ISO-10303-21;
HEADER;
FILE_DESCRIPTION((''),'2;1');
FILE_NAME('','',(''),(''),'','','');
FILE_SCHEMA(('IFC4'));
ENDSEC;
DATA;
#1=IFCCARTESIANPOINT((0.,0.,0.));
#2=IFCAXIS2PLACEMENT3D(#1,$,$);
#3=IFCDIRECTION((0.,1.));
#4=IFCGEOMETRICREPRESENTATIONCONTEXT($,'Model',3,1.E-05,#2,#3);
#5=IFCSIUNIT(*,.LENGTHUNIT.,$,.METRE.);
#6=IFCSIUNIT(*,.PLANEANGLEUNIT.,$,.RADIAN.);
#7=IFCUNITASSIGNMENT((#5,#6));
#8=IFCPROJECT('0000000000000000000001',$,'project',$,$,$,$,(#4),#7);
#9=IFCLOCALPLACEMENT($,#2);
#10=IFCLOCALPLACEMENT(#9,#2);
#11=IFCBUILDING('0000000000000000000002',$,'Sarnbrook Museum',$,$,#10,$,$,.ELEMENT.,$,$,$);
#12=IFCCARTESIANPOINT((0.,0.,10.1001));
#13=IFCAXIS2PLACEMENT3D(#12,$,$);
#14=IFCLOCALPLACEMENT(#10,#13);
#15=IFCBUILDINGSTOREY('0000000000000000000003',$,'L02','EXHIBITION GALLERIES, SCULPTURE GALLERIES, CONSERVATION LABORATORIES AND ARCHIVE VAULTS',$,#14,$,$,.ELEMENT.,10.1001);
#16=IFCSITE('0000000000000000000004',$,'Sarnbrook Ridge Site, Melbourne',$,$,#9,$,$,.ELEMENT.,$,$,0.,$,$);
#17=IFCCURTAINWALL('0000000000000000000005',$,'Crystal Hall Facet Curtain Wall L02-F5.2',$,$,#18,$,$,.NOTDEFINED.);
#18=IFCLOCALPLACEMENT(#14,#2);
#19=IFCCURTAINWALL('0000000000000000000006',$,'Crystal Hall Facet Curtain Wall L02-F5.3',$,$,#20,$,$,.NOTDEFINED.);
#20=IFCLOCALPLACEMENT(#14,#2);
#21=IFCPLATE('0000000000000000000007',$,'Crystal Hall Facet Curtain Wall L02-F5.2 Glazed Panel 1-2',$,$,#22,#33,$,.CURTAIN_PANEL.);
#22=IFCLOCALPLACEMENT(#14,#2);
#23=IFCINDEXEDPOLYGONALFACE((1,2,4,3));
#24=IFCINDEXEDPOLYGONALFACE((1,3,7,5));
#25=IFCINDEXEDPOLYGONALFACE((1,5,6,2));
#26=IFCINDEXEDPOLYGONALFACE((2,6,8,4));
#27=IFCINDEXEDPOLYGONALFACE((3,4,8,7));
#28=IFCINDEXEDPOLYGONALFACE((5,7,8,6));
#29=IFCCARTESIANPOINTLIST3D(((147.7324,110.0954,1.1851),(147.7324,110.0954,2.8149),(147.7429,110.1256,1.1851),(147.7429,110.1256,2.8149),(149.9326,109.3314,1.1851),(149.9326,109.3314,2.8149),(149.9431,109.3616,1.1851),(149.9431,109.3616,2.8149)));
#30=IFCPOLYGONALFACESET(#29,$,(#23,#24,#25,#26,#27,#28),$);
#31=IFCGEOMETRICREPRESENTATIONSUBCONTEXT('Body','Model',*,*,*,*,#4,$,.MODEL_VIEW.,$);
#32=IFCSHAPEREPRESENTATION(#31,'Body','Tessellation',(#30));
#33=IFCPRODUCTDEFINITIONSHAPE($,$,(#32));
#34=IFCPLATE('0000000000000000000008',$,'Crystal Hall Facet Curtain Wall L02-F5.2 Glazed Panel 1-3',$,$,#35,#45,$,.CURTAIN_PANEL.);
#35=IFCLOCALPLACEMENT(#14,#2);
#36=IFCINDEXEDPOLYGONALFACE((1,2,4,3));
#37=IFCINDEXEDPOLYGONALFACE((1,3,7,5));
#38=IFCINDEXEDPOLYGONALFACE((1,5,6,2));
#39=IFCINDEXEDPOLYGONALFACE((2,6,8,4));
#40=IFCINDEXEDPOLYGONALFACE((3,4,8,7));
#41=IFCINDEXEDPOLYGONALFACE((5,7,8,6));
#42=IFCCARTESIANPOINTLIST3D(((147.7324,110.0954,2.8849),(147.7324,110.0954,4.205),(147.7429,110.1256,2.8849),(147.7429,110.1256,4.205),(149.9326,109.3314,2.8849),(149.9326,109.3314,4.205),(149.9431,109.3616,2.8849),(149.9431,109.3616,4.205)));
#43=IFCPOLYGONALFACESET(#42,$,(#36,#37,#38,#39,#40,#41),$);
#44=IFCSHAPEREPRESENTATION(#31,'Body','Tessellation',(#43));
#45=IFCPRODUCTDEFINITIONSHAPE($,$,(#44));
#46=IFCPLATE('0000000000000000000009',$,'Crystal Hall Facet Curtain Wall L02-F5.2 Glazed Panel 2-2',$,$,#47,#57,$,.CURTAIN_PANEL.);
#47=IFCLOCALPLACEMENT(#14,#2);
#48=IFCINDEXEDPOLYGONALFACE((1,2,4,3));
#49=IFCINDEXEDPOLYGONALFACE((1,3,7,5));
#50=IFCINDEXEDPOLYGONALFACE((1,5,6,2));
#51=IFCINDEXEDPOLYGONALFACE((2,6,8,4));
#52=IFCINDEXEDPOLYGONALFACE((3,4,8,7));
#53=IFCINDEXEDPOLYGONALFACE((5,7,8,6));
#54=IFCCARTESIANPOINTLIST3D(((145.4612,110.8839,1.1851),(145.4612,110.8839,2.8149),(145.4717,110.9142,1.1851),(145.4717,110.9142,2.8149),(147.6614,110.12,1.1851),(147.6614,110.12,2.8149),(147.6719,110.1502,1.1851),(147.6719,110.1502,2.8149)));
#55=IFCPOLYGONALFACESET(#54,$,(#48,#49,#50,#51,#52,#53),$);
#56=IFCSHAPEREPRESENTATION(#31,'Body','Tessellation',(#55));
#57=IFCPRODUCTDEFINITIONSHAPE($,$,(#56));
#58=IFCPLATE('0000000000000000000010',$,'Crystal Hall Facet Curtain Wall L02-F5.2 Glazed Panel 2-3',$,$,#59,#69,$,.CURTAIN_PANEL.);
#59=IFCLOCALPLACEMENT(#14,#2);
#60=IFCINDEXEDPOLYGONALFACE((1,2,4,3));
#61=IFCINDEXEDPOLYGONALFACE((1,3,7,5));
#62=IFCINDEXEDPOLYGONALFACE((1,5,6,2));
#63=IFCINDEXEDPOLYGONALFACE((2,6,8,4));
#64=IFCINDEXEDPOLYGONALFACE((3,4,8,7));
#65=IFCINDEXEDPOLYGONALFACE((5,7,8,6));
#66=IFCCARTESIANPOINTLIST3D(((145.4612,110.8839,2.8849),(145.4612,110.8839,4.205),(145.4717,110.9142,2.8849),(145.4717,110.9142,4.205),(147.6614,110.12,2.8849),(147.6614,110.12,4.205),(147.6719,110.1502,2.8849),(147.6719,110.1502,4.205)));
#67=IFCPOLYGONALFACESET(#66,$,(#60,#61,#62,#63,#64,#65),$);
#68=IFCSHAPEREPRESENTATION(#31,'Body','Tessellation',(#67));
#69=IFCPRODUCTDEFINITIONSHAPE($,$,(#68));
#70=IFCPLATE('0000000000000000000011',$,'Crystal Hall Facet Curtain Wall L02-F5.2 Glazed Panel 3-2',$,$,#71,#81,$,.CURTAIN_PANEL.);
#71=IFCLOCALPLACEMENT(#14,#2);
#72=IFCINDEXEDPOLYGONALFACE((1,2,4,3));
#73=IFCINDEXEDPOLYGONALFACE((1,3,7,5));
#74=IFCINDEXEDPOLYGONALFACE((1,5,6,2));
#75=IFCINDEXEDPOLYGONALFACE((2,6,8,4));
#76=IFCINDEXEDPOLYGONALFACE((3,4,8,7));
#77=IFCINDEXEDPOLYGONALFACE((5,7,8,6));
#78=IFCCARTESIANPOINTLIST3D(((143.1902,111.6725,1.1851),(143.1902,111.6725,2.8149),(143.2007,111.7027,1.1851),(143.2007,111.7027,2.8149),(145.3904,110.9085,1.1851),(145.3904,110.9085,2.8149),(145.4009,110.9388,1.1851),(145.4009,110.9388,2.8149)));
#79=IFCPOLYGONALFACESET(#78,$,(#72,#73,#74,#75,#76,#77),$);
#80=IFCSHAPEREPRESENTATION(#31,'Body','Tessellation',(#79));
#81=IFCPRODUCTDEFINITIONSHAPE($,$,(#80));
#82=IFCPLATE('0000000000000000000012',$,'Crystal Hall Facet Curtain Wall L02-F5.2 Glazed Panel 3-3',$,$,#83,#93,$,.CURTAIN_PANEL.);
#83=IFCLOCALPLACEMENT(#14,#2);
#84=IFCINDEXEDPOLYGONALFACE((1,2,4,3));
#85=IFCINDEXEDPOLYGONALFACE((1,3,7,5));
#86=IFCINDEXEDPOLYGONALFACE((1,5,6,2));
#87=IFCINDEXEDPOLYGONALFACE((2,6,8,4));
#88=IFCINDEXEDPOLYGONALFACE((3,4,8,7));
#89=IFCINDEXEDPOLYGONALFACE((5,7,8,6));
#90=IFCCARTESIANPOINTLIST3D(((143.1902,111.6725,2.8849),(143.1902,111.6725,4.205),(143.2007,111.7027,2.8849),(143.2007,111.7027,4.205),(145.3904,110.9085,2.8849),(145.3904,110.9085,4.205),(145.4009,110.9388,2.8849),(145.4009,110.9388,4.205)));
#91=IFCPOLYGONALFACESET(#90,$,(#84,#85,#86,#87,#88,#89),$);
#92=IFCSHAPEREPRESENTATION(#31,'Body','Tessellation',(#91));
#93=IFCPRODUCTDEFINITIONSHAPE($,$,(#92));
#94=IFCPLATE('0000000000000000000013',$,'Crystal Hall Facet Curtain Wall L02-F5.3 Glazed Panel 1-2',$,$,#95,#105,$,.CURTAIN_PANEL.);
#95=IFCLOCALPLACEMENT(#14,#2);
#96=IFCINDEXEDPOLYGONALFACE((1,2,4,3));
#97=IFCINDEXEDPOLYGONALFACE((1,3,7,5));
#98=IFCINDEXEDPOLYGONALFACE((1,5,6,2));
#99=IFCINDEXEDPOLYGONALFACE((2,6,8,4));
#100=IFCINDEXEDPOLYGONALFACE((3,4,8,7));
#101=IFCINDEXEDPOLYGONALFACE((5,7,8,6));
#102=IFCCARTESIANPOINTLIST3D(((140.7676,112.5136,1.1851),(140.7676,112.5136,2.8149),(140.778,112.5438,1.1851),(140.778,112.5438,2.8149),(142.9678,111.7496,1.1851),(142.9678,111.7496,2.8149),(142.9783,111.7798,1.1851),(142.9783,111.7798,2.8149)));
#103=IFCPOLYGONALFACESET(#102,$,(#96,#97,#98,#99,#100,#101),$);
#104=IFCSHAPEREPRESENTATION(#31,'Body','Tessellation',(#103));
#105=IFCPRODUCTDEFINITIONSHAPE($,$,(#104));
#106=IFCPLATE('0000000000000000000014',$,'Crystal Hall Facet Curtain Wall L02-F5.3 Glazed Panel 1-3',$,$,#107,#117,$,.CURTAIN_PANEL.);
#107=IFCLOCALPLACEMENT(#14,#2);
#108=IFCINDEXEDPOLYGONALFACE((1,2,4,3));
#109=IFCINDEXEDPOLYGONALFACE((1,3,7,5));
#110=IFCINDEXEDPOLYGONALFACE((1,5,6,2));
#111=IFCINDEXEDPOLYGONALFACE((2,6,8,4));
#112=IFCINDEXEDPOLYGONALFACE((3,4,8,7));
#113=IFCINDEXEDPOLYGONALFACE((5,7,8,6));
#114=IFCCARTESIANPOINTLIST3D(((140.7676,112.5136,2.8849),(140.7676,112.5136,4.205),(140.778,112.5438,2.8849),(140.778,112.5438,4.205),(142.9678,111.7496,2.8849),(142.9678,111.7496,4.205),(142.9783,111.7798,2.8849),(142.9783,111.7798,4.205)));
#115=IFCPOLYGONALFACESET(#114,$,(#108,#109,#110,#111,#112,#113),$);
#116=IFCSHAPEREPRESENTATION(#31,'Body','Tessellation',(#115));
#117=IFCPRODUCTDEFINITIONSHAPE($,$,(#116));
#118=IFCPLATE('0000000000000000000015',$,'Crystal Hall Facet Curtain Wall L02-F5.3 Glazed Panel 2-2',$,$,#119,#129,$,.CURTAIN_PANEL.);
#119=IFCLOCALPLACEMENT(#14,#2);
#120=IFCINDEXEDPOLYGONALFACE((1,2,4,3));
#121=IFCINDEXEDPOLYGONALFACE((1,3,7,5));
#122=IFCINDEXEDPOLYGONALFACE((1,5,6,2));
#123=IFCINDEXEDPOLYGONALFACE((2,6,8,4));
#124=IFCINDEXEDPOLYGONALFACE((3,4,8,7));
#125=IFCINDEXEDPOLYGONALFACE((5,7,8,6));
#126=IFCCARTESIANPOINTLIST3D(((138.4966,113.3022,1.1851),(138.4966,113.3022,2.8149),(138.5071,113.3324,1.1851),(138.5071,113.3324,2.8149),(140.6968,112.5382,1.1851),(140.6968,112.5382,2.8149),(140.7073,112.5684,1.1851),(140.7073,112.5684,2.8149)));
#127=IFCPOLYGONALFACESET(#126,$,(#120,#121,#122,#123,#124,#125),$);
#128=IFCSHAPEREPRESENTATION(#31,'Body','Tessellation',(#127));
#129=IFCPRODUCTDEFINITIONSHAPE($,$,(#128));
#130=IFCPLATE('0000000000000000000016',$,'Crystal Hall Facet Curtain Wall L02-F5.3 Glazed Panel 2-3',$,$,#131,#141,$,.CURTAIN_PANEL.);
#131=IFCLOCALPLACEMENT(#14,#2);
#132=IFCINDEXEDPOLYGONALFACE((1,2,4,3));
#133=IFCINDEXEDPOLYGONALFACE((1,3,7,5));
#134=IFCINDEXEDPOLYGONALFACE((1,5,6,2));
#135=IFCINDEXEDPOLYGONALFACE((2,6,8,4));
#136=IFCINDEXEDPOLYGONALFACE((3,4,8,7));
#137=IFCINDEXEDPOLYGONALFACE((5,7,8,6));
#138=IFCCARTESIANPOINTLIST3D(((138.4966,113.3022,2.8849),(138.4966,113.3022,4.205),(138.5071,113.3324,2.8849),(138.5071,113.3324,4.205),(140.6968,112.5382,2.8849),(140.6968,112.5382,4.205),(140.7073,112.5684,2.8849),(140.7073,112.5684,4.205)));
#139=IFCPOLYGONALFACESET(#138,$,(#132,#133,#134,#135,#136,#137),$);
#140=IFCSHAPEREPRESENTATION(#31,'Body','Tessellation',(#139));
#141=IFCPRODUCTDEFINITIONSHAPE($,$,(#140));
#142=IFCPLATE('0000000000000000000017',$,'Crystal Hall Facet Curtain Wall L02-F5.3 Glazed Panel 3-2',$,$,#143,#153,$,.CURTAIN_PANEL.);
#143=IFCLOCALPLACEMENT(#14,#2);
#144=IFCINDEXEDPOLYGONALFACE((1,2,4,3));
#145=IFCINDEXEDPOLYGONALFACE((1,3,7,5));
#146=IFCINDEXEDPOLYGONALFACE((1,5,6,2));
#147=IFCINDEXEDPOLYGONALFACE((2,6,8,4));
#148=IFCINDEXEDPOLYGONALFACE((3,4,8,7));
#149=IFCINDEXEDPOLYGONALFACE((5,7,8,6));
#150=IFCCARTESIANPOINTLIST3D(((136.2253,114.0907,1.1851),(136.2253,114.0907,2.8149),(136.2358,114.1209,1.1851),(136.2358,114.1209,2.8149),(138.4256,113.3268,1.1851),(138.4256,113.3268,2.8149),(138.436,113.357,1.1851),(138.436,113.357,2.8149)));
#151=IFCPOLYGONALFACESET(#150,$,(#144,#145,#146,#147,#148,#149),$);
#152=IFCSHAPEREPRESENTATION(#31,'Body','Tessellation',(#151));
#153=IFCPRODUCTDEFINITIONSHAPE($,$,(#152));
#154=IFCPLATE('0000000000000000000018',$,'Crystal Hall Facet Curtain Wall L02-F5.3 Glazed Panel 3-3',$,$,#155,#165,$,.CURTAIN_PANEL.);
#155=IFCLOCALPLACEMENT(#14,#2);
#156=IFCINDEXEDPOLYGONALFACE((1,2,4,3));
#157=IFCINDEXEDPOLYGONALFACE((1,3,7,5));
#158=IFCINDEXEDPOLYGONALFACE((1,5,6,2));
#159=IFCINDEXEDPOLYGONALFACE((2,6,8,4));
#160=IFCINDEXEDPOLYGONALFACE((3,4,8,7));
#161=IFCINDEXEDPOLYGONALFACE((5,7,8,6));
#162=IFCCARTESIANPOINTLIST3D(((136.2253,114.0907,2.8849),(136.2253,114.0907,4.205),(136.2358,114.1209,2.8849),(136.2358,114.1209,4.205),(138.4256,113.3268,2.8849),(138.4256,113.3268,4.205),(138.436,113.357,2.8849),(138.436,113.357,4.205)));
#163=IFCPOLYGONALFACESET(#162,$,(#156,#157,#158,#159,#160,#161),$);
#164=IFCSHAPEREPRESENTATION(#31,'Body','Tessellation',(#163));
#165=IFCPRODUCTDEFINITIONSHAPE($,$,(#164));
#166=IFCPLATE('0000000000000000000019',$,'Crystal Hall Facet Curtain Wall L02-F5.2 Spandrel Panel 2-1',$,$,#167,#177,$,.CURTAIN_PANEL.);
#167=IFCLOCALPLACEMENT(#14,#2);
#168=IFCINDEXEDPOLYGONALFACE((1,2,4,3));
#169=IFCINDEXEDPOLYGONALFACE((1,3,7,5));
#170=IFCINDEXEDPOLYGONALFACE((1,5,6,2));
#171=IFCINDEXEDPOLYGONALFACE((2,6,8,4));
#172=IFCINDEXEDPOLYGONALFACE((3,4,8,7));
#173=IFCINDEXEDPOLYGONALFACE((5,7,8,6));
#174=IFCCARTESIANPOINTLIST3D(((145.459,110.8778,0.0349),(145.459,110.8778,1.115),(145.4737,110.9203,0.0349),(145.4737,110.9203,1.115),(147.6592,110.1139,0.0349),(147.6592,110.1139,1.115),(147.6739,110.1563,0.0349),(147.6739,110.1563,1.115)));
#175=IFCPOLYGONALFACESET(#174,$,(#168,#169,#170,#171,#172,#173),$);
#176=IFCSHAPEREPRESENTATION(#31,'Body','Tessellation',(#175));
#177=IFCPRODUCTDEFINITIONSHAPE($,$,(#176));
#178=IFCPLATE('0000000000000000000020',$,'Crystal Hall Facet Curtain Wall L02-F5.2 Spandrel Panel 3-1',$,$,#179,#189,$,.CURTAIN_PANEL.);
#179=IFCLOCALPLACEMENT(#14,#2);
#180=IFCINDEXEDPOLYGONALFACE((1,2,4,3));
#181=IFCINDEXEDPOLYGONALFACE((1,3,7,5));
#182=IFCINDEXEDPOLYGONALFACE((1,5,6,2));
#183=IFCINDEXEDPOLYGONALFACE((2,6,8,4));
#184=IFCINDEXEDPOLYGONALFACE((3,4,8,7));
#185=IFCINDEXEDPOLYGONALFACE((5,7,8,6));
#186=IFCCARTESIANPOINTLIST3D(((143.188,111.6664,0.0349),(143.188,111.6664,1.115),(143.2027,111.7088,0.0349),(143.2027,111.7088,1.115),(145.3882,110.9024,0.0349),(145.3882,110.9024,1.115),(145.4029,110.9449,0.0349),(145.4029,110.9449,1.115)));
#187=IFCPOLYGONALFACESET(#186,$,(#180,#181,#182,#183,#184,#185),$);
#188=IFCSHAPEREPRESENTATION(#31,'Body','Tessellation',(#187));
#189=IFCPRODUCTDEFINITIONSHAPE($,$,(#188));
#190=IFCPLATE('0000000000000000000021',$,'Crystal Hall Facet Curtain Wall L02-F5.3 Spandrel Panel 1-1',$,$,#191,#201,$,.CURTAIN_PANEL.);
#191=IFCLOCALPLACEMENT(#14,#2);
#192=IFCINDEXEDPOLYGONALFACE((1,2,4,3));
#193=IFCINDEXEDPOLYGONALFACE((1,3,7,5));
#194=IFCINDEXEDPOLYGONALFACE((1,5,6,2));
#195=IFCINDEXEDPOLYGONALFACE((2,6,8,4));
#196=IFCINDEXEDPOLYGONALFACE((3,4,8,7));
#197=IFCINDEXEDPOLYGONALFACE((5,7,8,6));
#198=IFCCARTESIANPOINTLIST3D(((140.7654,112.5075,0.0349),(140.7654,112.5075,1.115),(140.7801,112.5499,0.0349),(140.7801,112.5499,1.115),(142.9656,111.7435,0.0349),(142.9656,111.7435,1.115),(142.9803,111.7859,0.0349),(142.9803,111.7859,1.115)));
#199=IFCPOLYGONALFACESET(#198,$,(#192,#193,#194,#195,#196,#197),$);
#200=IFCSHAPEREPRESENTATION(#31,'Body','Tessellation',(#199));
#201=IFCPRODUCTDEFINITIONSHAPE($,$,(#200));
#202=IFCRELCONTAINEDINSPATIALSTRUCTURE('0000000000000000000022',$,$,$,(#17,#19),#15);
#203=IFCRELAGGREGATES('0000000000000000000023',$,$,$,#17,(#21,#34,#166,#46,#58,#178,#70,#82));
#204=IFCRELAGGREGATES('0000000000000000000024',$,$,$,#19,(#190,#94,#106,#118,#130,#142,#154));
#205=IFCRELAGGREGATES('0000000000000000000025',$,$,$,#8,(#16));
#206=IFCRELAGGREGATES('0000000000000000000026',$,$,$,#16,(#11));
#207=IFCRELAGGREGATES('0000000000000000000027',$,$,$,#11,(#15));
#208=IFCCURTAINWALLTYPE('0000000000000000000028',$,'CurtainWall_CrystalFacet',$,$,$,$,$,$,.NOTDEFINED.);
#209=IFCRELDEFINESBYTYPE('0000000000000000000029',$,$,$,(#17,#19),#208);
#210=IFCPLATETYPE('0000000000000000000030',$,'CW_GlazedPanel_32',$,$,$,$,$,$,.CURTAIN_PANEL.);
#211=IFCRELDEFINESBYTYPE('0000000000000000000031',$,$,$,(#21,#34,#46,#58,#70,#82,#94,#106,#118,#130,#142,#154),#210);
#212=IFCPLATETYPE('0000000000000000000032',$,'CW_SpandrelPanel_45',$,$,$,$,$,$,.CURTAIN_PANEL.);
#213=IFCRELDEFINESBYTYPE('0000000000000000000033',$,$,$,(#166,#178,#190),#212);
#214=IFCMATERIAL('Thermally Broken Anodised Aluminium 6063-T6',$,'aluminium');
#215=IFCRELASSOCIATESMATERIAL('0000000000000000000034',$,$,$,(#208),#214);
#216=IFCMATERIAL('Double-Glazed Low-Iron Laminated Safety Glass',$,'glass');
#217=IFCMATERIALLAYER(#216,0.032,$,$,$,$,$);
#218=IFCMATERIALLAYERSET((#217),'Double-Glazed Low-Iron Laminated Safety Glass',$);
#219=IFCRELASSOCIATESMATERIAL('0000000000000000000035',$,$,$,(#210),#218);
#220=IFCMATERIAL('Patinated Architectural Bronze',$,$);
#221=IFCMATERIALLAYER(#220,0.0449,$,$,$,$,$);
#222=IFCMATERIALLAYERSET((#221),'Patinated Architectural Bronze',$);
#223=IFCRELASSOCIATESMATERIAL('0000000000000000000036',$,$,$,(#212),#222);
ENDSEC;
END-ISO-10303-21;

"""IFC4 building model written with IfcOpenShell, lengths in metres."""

from ifc_helpers import new_model, si_unit, direction, frame, origin, origin_2d, place, context, subcontext, project, spatial, rectangle, extrude, material, layer, layer_set, type_object, element, aggregate, save


model = new_model("IFC4")

# Units and contexts
model_context = context("Model", 3, precision=1e-05, world=origin(), true_north=direction((0.0, 1.0)))
body_context = subcontext(model_context, "Body", "Model", "MODEL_VIEW")
ifc_project = project(units=[si_unit("LENGTHUNIT", "METRE"), si_unit("PLANEANGLEUNIT", "RADIAN")], contexts=[model_context])

# Site, building, storey
site_placement = place(None, origin())
site = spatial("IfcSite", under=ifc_project, at=site_placement, Name="Sarnbrook Ridge Site, Melbourne", CompositionType="ELEMENT", RefElevation=0.0)
building_placement = place(site_placement, origin())
building = spatial("IfcBuilding", under=site, at=building_placement, Name="Sarnbrook Museum", CompositionType="ELEMENT")
storey_placement = place(building_placement, frame((0.0, 0.0, 10.1001)))
storey = spatial("IfcBuildingStorey", under=building, at=storey_placement, Name="L02", Description="EXHIBITION GALLERIES, SCULPTURE GALLERIES, CONSERVATION LABORATORIES AND ARCHIVE VAULTS", CompositionType="ELEMENT", Elevation=10.1001)

# Curtain walls
ifc_material_1 = material(Name="Thermally Broken Anodised Aluminium 6063-T6", Category="aluminium")
curtain_wall_type = type_object("IfcCurtainWallType", Name="CurtainWall_CrystalFacet", PredefinedType="NOTDEFINED", material=ifc_material_1)
curtain_wall_1_placement = place(storey_placement, origin())
curtain_wall_1 = element("IfcCurtainWall", 1, at=curtain_wall_1_placement, inside=storey, type_object=curtain_wall_type, Name="Crystal Hall Facet Curtain Wall L02-F5.2", PredefinedType="NOTDEFINED")
curtain_wall_2_placement = place(storey_placement, origin())
curtain_wall_2 = element("IfcCurtainWall", 2, at=curtain_wall_2_placement, inside=storey, type_object=curtain_wall_type, Name="Crystal Hall Facet Curtain Wall L02-F5.3", PredefinedType="NOTDEFINED")

# Plates
ifc_material_2 = material(Name="Double-Glazed Low-Iron Laminated Safety Glass", Category="glass")
ifc_layer_1 = layer(ifc_material_2, 0.032)
ifc_layer_set_1 = layer_set([ifc_layer_1], Name="Double-Glazed Low-Iron Laminated Safety Glass")
plate_type_1 = type_object("IfcPlateType", Name="CW_GlazedPanel_32", PredefinedType="CURTAIN_PANEL", material=ifc_layer_set_1)
plate_1_placement = place(storey_placement, frame((148.8325, 109.7134, 2.0), z_axis=(0.328013, 0.944673, 0.0), x_axis=(-0.944673, 0.328013, 0.0)))
plate_1 = element("IfcPlate", 3, at=plate_1_placement, type_object=plate_type_1, Name="Crystal Hall Facet Curtain Wall L02-F5.2 Glazed Panel 1-2", PredefinedType="CURTAIN_PANEL", context=body_context, shape_type="SweptSolid", body=[
    extrude(rectangle(XDim=2.3291, YDim=1.6299, at=origin_2d()), origin(), (0.0, 0.0, 1.0), 0.032),
])
plate_2_placement = place(storey_placement, frame((148.8325, 109.7134, 3.5449), z_axis=(0.328013, 0.944673, 0.0), x_axis=(-0.944673, 0.328013, 0.0)))
plate_2 = element("IfcPlate", 4, at=plate_2_placement, type_object=plate_type_1, Name="Crystal Hall Facet Curtain Wall L02-F5.2 Glazed Panel 1-3", PredefinedType="CURTAIN_PANEL", context=body_context, shape_type="SweptSolid", body=[
    extrude(rectangle(XDim=2.3291, YDim=1.3201, at=origin_2d()), origin(), (0.0, 0.0, 1.0), 0.032),
])
plate_3_placement = place(storey_placement, frame((146.5613, 110.502, 2.0), z_axis=(0.328013, 0.944673, 0.0), x_axis=(-0.944673, 0.328013, 0.0)))
plate_3 = element("IfcPlate", 5, at=plate_3_placement, type_object=plate_type_1, Name="Crystal Hall Facet Curtain Wall L02-F5.2 Glazed Panel 2-2", PredefinedType="CURTAIN_PANEL", context=body_context, shape_type="SweptSolid", body=[
    extrude(rectangle(XDim=2.3291, YDim=1.6299, at=origin_2d()), origin(), (0.0, 0.0, 1.0), 0.032),
])
plate_4_placement = place(storey_placement, frame((146.5613, 110.502, 3.5449), z_axis=(0.328013, 0.944673, 0.0), x_axis=(-0.944673, 0.328013, 0.0)))
plate_4 = element("IfcPlate", 6, at=plate_4_placement, type_object=plate_type_1, Name="Crystal Hall Facet Curtain Wall L02-F5.2 Glazed Panel 2-3", PredefinedType="CURTAIN_PANEL", context=body_context, shape_type="SweptSolid", body=[
    extrude(rectangle(XDim=2.3291, YDim=1.3201, at=origin_2d()), origin(), (0.0, 0.0, 1.0), 0.032),
])
plate_5_placement = place(storey_placement, frame((144.2903, 111.2905, 2.0), z_axis=(0.328013, 0.944673, 0.0), x_axis=(-0.944673, 0.328013, 0.0)))
plate_5 = element("IfcPlate", 7, at=plate_5_placement, type_object=plate_type_1, Name="Crystal Hall Facet Curtain Wall L02-F5.2 Glazed Panel 3-2", PredefinedType="CURTAIN_PANEL", context=body_context, shape_type="SweptSolid", body=[
    extrude(rectangle(XDim=2.3291, YDim=1.6299, at=origin_2d()), origin(), (0.0, 0.0, 1.0), 0.032),
])
plate_6_placement = place(storey_placement, frame((144.2903, 111.2905, 3.5449), z_axis=(0.328013, 0.944673, 0.0), x_axis=(-0.944673, 0.328013, 0.0)))
plate_6 = element("IfcPlate", 8, at=plate_6_placement, type_object=plate_type_1, Name="Crystal Hall Facet Curtain Wall L02-F5.2 Glazed Panel 3-3", PredefinedType="CURTAIN_PANEL", context=body_context, shape_type="SweptSolid", body=[
    extrude(rectangle(XDim=2.3291, YDim=1.3201, at=origin_2d()), origin(), (0.0, 0.0, 1.0), 0.032),
])
plate_7_placement = place(storey_placement, frame((141.8677, 112.1316, 2.0), z_axis=(0.328013, 0.944673, 0.0), x_axis=(-0.944673, 0.328013, 0.0)))
plate_7 = element("IfcPlate", 9, at=plate_7_placement, type_object=plate_type_1, Name="Crystal Hall Facet Curtain Wall L02-F5.3 Glazed Panel 1-2", PredefinedType="CURTAIN_PANEL", context=body_context, shape_type="SweptSolid", body=[
    extrude(rectangle(XDim=2.3291, YDim=1.6299, at=origin_2d()), origin(), (0.0, 0.0, 1.0), 0.032),
])
plate_8_placement = place(storey_placement, frame((141.8677, 112.1316, 3.5449), z_axis=(0.328013, 0.944673, 0.0), x_axis=(-0.944673, 0.328013, 0.0)))
plate_8 = element("IfcPlate", 10, at=plate_8_placement, type_object=plate_type_1, Name="Crystal Hall Facet Curtain Wall L02-F5.3 Glazed Panel 1-3", PredefinedType="CURTAIN_PANEL", context=body_context, shape_type="SweptSolid", body=[
    extrude(rectangle(XDim=2.3291, YDim=1.3201, at=origin_2d()), origin(), (0.0, 0.0, 1.0), 0.032),
])
plate_9_placement = place(storey_placement, frame((139.5967, 112.9202, 2.0), z_axis=(0.328013, 0.944673, 0.0), x_axis=(-0.944673, 0.328013, 0.0)))
plate_9 = element("IfcPlate", 11, at=plate_9_placement, type_object=plate_type_1, Name="Crystal Hall Facet Curtain Wall L02-F5.3 Glazed Panel 2-2", PredefinedType="CURTAIN_PANEL", context=body_context, shape_type="SweptSolid", body=[
    extrude(rectangle(XDim=2.3291, YDim=1.6299, at=origin_2d()), origin(), (0.0, 0.0, 1.0), 0.032),
])
plate_10_placement = place(storey_placement, frame((139.5967, 112.9202, 3.5449), z_axis=(0.328013, 0.944673, 0.0), x_axis=(-0.944673, 0.328013, 0.0)))
plate_10 = element("IfcPlate", 12, at=plate_10_placement, type_object=plate_type_1, Name="Crystal Hall Facet Curtain Wall L02-F5.3 Glazed Panel 2-3", PredefinedType="CURTAIN_PANEL", context=body_context, shape_type="SweptSolid", body=[
    extrude(rectangle(XDim=2.3291, YDim=1.3201, at=origin_2d()), origin(), (0.0, 0.0, 1.0), 0.032),
])
plate_11_placement = place(storey_placement, frame((137.3254, 113.7087, 2.0), z_axis=(0.328013, 0.944673, 0.0), x_axis=(-0.944673, 0.328013, 0.0)))
plate_11 = element("IfcPlate", 13, at=plate_11_placement, type_object=plate_type_1, Name="Crystal Hall Facet Curtain Wall L02-F5.3 Glazed Panel 3-2", PredefinedType="CURTAIN_PANEL", context=body_context, shape_type="SweptSolid", body=[
    extrude(rectangle(XDim=2.3291, YDim=1.6299, at=origin_2d()), origin(), (0.0, 0.0, 1.0), 0.032),
])
plate_12_placement = place(storey_placement, frame((137.3254, 113.7087, 3.5449), z_axis=(0.328013, 0.944673, 0.0), x_axis=(-0.944673, 0.328013, 0.0)))
plate_12 = element("IfcPlate", 14, at=plate_12_placement, type_object=plate_type_1, Name="Crystal Hall Facet Curtain Wall L02-F5.3 Glazed Panel 3-3", PredefinedType="CURTAIN_PANEL", context=body_context, shape_type="SweptSolid", body=[
    extrude(rectangle(XDim=2.3291, YDim=1.3201, at=origin_2d()), origin(), (0.0, 0.0, 1.0), 0.032),
])
ifc_material_3 = material(Name="Patinated Architectural Bronze")
ifc_layer_2 = layer(ifc_material_3, 0.0449)
ifc_layer_set_2 = layer_set([ifc_layer_2], Name="Patinated Architectural Bronze")
plate_type_2 = type_object("IfcPlateType", Name="CW_SpandrelPanel_45", PredefinedType="CURTAIN_PANEL", material=ifc_layer_set_2)
plate_13_placement = place(storey_placement, frame((146.5591, 110.4958, 0.575), z_axis=(0.328013, 0.944673, 0.0), x_axis=(-0.944673, 0.328013, 0.0)))
plate_13 = element("IfcPlate", 15, at=plate_13_placement, type_object=plate_type_2, Name="Crystal Hall Facet Curtain Wall L02-F5.2 Spandrel Panel 2-1", PredefinedType="CURTAIN_PANEL", context=body_context, shape_type="SweptSolid", body=[
    extrude(rectangle(XDim=2.3291, YDim=1.0801, at=origin_2d()), origin(), (0.0, 0.0, 1.0), 0.0449),
])
plate_14_placement = place(storey_placement, frame((144.2881, 111.2844, 0.575), z_axis=(0.328013, 0.944673, 0.0), x_axis=(-0.944673, 0.328013, 0.0)))
plate_14 = element("IfcPlate", 16, at=plate_14_placement, type_object=plate_type_2, Name="Crystal Hall Facet Curtain Wall L02-F5.2 Spandrel Panel 3-1", PredefinedType="CURTAIN_PANEL", context=body_context, shape_type="SweptSolid", body=[
    extrude(rectangle(XDim=2.3291, YDim=1.0801, at=origin_2d()), origin(), (0.0, 0.0, 1.0), 0.0449),
])
aggregate(curtain_wall_1, [plate_1, plate_2, plate_13, plate_3, plate_4, plate_14, plate_5, plate_6])
plate_15_placement = place(storey_placement, frame((141.8655, 112.1255, 0.575), z_axis=(0.328013, 0.944673, 0.0), x_axis=(-0.944673, 0.328013, 0.0)))
plate_15 = element("IfcPlate", 17, at=plate_15_placement, type_object=plate_type_2, Name="Crystal Hall Facet Curtain Wall L02-F5.3 Spandrel Panel 1-1", PredefinedType="CURTAIN_PANEL", context=body_context, shape_type="SweptSolid", body=[
    extrude(rectangle(XDim=2.3291, YDim=1.0801, at=origin_2d()), origin(), (0.0, 0.0, 1.0), 0.0449),
])
aggregate(curtain_wall_2, [plate_15, plate_7, plate_8, plate_9, plate_10, plate_11, plate_12])

save(model, "model.ifc")
